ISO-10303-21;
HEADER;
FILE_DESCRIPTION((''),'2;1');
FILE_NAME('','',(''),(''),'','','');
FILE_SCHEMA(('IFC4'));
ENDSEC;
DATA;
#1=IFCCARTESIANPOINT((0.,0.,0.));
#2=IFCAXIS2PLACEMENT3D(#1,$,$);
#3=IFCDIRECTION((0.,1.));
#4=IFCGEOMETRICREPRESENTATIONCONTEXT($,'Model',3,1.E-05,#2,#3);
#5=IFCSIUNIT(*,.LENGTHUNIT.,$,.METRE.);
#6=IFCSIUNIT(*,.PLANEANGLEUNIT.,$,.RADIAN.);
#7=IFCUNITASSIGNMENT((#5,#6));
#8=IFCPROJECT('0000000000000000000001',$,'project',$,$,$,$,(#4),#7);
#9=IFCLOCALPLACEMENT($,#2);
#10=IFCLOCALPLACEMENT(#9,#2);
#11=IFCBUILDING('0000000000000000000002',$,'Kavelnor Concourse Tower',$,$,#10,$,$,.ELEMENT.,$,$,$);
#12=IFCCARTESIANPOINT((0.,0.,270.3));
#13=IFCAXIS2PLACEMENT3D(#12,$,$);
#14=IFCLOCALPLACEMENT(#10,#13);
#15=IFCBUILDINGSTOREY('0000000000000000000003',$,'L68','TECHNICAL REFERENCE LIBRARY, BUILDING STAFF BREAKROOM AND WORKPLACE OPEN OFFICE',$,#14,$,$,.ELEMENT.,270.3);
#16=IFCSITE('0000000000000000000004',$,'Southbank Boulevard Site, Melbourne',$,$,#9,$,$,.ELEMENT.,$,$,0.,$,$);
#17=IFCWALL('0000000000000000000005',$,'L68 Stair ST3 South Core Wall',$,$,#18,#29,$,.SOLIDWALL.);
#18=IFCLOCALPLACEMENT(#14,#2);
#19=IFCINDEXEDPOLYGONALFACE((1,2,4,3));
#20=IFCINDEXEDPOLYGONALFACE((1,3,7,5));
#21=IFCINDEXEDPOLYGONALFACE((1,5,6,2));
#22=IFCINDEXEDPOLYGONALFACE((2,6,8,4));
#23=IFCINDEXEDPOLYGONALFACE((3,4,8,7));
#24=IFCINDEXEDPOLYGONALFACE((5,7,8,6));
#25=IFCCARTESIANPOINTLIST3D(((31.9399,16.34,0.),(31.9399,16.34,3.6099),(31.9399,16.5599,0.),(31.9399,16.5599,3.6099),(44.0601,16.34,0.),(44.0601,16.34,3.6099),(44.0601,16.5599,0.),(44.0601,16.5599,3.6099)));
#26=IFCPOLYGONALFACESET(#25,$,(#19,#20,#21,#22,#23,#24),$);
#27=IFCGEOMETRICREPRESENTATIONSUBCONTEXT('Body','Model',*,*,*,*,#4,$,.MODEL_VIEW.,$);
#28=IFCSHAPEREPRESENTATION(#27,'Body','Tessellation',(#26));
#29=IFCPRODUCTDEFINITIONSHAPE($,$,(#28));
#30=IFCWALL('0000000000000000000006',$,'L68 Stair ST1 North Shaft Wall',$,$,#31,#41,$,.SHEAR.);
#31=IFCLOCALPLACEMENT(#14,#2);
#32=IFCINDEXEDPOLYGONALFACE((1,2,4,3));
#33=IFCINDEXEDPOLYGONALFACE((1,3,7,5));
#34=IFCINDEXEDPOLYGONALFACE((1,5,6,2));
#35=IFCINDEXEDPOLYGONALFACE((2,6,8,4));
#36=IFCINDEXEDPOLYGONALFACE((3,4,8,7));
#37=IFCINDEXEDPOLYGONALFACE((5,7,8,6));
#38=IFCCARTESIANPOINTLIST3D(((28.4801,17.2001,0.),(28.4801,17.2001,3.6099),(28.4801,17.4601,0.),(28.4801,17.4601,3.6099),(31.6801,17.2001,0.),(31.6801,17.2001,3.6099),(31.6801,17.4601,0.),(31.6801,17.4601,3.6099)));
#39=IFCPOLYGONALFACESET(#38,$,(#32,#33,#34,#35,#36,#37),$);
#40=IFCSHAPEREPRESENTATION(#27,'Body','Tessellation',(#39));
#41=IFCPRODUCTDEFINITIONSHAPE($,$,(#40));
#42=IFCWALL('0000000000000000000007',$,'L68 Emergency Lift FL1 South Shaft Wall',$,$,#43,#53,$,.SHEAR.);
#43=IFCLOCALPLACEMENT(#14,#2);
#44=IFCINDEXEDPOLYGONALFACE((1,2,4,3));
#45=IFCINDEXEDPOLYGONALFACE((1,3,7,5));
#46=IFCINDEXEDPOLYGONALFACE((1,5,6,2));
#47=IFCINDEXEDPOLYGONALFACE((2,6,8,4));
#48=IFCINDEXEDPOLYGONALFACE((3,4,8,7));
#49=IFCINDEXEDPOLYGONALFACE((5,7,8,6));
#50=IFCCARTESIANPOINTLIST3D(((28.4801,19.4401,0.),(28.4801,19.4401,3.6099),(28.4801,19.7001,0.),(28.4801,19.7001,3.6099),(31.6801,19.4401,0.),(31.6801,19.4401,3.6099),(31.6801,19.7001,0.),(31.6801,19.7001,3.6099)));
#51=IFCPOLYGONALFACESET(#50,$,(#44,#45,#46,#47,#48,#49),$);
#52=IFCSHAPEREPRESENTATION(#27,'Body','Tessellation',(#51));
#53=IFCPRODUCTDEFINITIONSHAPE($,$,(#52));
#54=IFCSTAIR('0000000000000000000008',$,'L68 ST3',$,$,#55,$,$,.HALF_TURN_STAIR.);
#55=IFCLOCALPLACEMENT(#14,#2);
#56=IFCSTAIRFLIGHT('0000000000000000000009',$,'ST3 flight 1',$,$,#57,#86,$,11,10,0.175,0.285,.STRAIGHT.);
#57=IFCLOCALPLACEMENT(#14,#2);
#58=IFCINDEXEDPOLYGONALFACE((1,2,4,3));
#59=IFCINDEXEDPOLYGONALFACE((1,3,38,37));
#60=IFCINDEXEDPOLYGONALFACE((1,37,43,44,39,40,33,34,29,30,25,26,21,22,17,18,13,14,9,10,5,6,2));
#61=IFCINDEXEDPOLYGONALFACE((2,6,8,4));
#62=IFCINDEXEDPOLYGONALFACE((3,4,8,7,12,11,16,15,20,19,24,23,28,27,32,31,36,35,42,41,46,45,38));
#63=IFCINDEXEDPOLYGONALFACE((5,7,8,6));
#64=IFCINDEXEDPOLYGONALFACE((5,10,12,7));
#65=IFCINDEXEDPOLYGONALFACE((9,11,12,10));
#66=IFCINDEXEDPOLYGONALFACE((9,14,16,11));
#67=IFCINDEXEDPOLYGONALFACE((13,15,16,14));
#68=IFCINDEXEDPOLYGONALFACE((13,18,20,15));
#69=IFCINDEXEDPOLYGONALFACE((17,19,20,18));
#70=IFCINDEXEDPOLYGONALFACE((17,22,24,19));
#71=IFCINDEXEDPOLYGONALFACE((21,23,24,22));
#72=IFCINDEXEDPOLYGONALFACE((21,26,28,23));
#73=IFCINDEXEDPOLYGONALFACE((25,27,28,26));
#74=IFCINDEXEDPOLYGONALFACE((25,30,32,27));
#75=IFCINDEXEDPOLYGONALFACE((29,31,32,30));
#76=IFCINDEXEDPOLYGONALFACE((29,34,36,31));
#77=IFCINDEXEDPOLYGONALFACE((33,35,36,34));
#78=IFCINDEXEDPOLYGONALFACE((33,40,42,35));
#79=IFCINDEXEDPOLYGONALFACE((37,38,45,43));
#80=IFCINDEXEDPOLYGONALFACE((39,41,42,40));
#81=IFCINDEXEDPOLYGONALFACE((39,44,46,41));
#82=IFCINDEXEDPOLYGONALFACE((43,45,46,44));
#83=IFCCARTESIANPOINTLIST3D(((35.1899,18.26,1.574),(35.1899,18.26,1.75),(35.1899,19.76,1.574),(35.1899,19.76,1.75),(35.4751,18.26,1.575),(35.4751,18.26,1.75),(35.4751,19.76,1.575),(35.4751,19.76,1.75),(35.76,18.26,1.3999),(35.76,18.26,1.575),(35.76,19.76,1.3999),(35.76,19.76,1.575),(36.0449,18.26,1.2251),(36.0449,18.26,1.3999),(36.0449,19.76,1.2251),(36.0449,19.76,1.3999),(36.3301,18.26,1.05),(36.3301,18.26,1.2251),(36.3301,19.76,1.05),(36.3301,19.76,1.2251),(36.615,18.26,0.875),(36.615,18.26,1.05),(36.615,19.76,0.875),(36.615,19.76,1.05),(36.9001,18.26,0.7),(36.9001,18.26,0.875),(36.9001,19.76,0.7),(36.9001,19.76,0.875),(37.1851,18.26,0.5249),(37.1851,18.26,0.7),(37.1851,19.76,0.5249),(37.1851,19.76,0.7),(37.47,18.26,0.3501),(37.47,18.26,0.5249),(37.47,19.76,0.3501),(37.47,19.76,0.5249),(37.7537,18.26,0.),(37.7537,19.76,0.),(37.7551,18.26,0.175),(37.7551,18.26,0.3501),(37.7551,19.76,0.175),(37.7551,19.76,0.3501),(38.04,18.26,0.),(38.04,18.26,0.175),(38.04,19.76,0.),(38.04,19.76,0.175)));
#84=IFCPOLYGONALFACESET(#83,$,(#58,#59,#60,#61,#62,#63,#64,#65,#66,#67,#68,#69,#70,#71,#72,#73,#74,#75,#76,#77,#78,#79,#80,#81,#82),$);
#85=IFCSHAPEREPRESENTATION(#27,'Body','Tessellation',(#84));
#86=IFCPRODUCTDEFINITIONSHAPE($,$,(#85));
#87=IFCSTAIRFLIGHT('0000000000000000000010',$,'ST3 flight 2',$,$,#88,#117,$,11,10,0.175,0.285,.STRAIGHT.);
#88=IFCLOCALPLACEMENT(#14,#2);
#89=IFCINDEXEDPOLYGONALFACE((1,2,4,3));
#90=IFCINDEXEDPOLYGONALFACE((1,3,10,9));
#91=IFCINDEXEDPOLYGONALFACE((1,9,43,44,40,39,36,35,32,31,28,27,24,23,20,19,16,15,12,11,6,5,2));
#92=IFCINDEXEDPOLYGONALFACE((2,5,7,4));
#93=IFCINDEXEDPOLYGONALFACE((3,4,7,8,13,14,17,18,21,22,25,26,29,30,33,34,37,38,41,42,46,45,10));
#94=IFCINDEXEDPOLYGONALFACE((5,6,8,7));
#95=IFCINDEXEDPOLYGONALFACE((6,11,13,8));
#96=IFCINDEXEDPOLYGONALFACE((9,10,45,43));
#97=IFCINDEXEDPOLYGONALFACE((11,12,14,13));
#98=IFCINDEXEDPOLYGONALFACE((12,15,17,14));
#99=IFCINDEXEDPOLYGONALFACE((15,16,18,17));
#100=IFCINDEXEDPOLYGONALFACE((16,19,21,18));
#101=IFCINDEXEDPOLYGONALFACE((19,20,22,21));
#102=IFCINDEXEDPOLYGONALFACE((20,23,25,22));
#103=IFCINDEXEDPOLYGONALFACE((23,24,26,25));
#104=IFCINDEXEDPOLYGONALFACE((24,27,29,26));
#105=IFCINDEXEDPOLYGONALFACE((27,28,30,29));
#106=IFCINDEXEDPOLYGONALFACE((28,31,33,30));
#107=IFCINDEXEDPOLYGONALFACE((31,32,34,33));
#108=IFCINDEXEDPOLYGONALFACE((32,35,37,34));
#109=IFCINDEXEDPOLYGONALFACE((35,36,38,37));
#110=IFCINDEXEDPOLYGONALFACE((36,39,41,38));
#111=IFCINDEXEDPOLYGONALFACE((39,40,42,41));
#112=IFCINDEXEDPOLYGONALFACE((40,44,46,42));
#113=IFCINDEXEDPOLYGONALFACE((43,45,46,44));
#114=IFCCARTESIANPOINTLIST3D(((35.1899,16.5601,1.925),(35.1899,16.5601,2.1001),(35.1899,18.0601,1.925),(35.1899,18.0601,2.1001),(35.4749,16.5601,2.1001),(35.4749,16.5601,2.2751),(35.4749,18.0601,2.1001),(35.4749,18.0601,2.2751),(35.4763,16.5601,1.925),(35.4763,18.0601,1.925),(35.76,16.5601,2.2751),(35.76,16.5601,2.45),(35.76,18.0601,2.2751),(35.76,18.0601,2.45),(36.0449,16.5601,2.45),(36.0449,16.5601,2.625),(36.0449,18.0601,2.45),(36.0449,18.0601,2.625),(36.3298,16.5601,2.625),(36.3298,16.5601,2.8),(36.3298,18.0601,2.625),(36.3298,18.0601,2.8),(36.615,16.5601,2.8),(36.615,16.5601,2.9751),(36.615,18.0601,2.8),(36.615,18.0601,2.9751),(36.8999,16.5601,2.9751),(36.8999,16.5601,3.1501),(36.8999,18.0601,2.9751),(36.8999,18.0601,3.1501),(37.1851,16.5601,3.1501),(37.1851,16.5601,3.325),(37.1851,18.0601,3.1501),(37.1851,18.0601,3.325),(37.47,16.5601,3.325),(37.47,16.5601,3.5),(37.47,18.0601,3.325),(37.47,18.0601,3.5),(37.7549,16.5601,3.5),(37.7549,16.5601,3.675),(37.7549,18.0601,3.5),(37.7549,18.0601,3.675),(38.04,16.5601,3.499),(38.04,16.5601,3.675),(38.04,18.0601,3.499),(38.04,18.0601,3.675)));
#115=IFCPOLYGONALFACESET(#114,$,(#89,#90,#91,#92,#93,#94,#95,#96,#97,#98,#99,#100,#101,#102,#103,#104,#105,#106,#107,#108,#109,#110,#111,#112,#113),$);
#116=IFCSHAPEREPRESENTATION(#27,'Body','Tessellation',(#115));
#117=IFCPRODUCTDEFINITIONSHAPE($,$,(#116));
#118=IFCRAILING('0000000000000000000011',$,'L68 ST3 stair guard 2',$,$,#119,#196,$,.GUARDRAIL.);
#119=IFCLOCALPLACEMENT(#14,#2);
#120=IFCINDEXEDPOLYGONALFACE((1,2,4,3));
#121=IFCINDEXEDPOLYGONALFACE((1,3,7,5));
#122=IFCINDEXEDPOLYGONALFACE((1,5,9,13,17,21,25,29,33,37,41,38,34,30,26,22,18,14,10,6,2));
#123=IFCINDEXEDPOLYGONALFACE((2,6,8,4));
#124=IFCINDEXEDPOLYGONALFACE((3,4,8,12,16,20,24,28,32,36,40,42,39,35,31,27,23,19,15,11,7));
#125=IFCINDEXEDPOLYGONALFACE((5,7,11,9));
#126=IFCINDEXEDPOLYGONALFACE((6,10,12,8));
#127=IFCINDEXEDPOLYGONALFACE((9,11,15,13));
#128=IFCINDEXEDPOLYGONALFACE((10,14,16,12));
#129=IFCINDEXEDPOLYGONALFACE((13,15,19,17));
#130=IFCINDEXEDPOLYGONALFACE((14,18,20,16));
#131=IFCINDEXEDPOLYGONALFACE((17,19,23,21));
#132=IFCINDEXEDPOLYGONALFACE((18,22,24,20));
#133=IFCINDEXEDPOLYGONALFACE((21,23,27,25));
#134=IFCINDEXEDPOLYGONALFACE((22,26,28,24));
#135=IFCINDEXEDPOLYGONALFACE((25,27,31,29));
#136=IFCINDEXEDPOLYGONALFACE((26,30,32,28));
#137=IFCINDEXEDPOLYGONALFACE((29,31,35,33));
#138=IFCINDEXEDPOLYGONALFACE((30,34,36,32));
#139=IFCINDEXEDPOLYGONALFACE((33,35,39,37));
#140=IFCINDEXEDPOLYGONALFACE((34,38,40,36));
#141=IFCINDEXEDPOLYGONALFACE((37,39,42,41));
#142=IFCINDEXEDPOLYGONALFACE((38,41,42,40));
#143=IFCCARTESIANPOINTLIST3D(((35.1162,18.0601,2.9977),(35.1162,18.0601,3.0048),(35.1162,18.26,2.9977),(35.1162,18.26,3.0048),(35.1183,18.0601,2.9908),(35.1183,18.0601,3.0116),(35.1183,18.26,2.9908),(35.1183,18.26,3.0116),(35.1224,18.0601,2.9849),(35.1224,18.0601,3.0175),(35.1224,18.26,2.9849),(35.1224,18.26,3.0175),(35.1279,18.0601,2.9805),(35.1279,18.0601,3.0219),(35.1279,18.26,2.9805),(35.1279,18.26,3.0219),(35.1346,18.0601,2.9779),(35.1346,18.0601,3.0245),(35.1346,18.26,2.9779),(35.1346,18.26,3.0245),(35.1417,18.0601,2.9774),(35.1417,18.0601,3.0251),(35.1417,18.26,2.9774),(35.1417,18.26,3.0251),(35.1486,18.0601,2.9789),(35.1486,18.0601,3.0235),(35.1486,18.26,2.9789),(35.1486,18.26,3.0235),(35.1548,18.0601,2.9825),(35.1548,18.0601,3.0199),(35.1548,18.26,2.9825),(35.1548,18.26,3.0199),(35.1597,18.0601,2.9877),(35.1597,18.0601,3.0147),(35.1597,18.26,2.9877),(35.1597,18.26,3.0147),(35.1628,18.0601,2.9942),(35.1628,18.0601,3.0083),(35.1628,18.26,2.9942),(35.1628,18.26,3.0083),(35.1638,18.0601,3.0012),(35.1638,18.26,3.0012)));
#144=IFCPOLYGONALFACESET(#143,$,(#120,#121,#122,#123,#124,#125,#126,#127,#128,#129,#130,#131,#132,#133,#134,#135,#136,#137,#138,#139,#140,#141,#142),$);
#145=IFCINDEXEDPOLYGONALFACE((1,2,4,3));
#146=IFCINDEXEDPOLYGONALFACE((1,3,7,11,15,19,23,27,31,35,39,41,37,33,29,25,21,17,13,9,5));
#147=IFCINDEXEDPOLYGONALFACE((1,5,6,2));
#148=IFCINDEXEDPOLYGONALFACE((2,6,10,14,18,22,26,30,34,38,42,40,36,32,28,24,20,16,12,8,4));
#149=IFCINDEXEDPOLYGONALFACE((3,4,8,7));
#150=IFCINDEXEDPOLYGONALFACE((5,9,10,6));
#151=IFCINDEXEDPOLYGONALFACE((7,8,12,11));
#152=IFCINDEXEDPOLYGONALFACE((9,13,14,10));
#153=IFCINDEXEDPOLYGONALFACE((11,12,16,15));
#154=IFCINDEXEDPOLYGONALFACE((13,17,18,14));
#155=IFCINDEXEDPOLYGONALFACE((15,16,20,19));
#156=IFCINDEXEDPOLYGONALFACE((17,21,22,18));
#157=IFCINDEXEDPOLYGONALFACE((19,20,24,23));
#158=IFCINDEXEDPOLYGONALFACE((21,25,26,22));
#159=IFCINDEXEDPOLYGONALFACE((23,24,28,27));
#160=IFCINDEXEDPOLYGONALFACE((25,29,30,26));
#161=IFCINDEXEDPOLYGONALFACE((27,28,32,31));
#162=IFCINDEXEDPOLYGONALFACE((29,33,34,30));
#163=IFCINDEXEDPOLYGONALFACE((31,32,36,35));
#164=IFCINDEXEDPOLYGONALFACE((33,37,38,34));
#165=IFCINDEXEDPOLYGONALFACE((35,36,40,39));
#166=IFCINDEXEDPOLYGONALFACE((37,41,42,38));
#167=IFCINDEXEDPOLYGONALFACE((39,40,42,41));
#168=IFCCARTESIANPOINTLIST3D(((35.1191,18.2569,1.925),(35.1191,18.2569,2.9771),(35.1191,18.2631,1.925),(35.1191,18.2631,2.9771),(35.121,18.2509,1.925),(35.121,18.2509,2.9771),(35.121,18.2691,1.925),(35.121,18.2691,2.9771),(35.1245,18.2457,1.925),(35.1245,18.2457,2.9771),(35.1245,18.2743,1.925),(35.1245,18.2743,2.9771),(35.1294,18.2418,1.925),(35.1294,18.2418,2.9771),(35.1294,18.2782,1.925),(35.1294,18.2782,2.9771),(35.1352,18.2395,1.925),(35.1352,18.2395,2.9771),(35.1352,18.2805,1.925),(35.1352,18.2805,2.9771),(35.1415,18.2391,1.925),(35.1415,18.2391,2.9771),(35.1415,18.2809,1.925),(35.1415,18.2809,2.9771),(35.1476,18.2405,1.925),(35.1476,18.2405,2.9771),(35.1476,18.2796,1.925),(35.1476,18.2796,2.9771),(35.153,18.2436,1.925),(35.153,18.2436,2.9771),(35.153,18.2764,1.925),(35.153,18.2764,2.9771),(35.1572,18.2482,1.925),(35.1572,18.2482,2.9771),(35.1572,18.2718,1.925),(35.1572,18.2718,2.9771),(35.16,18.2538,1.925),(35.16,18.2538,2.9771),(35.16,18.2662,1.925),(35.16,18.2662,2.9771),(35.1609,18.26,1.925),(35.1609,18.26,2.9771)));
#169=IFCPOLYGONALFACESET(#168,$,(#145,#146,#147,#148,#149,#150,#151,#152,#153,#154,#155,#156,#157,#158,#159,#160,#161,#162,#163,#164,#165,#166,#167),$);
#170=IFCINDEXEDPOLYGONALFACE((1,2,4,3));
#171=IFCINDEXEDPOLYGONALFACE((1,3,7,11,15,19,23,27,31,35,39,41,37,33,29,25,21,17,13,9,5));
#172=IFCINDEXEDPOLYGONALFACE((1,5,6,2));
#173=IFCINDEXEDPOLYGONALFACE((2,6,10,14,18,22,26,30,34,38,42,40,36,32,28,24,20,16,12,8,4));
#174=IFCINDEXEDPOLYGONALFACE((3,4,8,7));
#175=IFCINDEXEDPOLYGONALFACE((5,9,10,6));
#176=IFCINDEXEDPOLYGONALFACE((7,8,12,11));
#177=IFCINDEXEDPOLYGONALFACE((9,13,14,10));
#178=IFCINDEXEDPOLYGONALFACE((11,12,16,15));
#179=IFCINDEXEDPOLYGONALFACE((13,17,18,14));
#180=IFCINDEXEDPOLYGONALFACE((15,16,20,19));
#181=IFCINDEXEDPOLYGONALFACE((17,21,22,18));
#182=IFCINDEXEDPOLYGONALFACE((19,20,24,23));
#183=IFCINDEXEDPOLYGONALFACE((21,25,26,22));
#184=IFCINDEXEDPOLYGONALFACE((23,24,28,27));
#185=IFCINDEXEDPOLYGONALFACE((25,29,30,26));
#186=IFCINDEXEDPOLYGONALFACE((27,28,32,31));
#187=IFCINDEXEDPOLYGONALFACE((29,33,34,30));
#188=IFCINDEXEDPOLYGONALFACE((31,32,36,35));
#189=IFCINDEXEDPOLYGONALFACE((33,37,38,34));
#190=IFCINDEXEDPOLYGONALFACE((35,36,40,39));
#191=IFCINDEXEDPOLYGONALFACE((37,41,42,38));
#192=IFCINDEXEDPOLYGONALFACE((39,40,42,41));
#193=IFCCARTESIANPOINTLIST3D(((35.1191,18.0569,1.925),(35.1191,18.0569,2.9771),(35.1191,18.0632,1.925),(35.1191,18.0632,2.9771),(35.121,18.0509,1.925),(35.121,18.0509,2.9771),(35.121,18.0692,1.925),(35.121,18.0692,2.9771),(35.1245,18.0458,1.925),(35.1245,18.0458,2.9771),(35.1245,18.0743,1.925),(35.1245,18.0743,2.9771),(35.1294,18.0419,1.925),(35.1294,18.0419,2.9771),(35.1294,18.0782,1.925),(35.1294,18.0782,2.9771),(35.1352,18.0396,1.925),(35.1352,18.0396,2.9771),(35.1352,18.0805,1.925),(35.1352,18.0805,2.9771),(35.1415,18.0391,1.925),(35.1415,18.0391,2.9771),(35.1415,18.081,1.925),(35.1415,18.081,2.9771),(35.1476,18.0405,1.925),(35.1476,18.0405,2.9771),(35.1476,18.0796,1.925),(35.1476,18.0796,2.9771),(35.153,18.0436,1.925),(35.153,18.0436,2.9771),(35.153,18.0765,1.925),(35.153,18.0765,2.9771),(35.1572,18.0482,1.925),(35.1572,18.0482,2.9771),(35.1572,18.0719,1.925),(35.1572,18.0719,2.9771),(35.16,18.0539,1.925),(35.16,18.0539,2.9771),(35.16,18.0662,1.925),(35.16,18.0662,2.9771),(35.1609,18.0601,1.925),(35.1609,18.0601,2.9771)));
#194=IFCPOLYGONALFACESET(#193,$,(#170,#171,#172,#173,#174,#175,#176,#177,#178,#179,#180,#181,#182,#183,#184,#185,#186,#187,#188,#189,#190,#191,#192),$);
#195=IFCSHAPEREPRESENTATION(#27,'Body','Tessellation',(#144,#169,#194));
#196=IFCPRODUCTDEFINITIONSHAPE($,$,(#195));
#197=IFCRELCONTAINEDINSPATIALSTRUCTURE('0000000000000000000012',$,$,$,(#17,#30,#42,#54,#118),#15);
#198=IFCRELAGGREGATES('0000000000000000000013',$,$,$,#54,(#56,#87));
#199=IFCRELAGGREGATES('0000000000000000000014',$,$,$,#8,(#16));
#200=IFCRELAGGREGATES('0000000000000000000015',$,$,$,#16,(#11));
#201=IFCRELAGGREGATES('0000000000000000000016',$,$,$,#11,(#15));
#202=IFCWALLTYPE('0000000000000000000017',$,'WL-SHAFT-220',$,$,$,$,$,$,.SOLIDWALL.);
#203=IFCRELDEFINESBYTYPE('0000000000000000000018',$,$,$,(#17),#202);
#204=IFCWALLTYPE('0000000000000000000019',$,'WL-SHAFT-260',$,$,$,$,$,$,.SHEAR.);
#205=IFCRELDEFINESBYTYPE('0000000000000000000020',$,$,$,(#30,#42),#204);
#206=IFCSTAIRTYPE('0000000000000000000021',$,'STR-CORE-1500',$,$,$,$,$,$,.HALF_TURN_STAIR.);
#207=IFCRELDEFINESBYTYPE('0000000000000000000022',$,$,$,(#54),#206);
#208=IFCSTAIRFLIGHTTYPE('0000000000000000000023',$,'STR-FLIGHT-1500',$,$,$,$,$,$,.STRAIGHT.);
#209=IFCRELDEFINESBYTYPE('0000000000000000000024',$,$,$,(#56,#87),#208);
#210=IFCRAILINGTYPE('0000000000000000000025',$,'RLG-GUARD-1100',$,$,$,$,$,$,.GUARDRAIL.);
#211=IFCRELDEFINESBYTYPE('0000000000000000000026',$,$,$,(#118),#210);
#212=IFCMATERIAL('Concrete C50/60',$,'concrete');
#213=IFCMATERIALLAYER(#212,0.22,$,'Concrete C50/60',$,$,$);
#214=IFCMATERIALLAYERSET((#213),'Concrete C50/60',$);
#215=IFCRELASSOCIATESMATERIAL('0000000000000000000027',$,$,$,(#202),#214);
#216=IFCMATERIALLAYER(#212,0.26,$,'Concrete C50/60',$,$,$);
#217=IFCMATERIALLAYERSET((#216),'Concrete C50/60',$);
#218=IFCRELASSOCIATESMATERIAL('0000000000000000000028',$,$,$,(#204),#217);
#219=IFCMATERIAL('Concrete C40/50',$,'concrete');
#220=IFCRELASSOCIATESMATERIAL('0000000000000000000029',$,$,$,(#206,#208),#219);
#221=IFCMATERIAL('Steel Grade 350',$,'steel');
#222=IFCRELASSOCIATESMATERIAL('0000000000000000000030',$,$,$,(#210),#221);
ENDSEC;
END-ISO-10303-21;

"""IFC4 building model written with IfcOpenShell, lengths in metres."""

from ifc_helpers import new_model, si_unit, direction, frame, frame_2d, origin, origin_2d, place, context, subcontext, project, spatial, polyline, rectangle, circle, outline, extrude, material, layer, layer_set, type_object, element, aggregate, save


model = new_model("IFC4")

# Units and contexts
model_context = context("Model", 3, precision=1e-05, world=origin(), true_north=direction((0.0, 1.0)))
body_context = subcontext(model_context, "Body", "Model", "MODEL_VIEW")
ifc_project = project(units=[si_unit("LENGTHUNIT", "METRE"), si_unit("PLANEANGLEUNIT", "RADIAN")], contexts=[model_context])

# Site, building, storey
site_placement = place(None, origin())
site = spatial("IfcSite", under=ifc_project, at=site_placement, Name="Southbank Boulevard Site, Melbourne", CompositionType="ELEMENT", RefElevation=0.0)
building_placement = place(site_placement, origin())
building = spatial("IfcBuilding", under=site, at=building_placement, Name="Kavelnor Concourse Tower", CompositionType="ELEMENT")
storey_placement = place(building_placement, frame((0.0, 0.0, 270.3)))
storey = spatial("IfcBuildingStorey", under=building, at=storey_placement, Name="L68", Description="TECHNICAL REFERENCE LIBRARY, BUILDING STAFF BREAKROOM AND WORKPLACE OPEN OFFICE", CompositionType="ELEMENT", Elevation=270.3)

# Shared definitions
ifc_material_1 = material(Name="Steel Grade 350", Category="steel")

# Shared definitions
ifc_material_2 = material(Name="Concrete C50/60", Category="concrete")
ifc_layer_1 = layer(ifc_material_2, 0.22, Name="Concrete C50/60")
ifc_layer_set_1 = layer_set([ifc_layer_1], Name="Concrete C50/60")
wall_type_1 = type_object("IfcWallType", Name="WL-SHAFT-220", PredefinedType="SOLIDWALL", material=ifc_layer_set_1)

# Walls
wall_1_placement = place(storey_placement, frame((31.9399, 16.45, 0.0), z_axis=(0.0, 0.0, 1.0), x_axis=(1.0, 0.0, 0.0)))
element("IfcWall", 1, at=wall_1_placement, inside=storey, type_object=wall_type_1, Name="L68 Stair ST3 South Core Wall", PredefinedType="SOLIDWALL", context=body_context, shape_type="SweptSolid", body=[
    extrude(rectangle(XDim=12.1201, YDim=0.22, at=frame_2d((6.0601, 0.0))), origin(), (0.0, 0.0, 1.0), 3.6099),
])
ifc_layer_2 = layer(ifc_material_2, 0.26, Name="Concrete C50/60")
ifc_layer_set_2 = layer_set([ifc_layer_2], Name="Concrete C50/60")
wall_type_2 = type_object("IfcWallType", Name="WL-SHAFT-260", PredefinedType="SHEAR", material=ifc_layer_set_2)
for number, where, z_axis, x_axis, name in (
    (2, (28.48, 17.3301, 0.0), (0.0, 0.0, 1.0), (1.0, 0.0, 0.0), "L68 Stair ST1 North Shaft Wall"),
    (3, (28.48, 19.5701, 0.0), (0.0, 0.0, 1.0), (1.0, 0.0, 0.0), "L68 Emergency Lift FL1 South Shaft Wall"),
):
    element("IfcWall", number, at=place(storey_placement, frame(where, z_axis=z_axis, x_axis=x_axis)), inside=storey, type_object=wall_type_2, Name=name, PredefinedType="SHEAR", context=body_context, shape_type="SweptSolid", body=[
        extrude(rectangle(XDim=3.2, YDim=0.26, at=frame_2d((1.6001, 0.0))), origin(), (0.0, 0.0, 1.0), 3.6099),
    ])

# Stair, stair flights
ifc_material_3 = material(Name="Concrete C40/50", Category="concrete")
stair_type = type_object("IfcStairType", Name="STR-CORE-1500", PredefinedType="HALF_TURN_STAIR", material=ifc_material_3)
stair_placement = place(storey_placement, origin())
stair = element("IfcStair", 4, at=stair_placement, inside=storey, type_object=stair_type, Name="L68 ST3", PredefinedType="HALF_TURN_STAIR")
stair_flight_type = type_object("IfcStairFlightType", Name="STR-FLIGHT-1500", PredefinedType="STRAIGHT", material=ifc_material_3)
stair_flight_1_placement = place(storey_placement, frame((38.04, 19.01, 0.0), z_axis=(0.0, 0.0, 1.0), x_axis=(-1.0, 0.0, 0.0)))
stair_flight_1 = element("IfcStairFlight", 5, at=stair_flight_1_placement, type_object=stair_flight_type, Name="ST3 flight 1", NumberOfRisers=11, NumberOfTreads=10, PredefinedType="STRAIGHT", RiserHeight=0.175, TreadLength=0.285, context=body_context, shape_type="SweptSolid", body=[
    extrude(outline(polyline([(0.0, 0.0), (0.0, 0.175), (0.2849, 0.175), (0.2849, 0.3501), (0.5701, 0.3501), (0.5701, 0.5249), (0.855, 0.5249), (0.855, 0.7), (1.1399, 0.7), (1.1399, 0.875), (1.425, 0.875), (1.425, 1.05), (1.71, 1.05), (1.71, 1.2251), (1.9951, 1.2251), (1.9951, 1.3999), (2.28, 1.3999), (2.28, 1.575), (2.5649, 1.575), (2.5649, 1.75), (2.8501, 1.75), (2.8501, 1.925), (2.8501, 1.574), (0.2864, 0.0), (0.0, 0.0)])), frame((0.0, 0.75, 0.0), z_axis=(0.0, -1.0, 0.0), x_axis=(1.0, 0.0, 0.0)), (0.0, 0.0, 1.0), 1.5),
])
stair_flight_2_placement = place(storey_placement, frame((35.1899, 17.3101, 1.925), z_axis=(0.0, 0.0, 1.0), x_axis=(1.0, 0.0, 0.0)))
stair_flight_2 = element("IfcStairFlight", 6, at=stair_flight_2_placement, type_object=stair_flight_type, Name="ST3 flight 2", NumberOfRisers=11, NumberOfTreads=10, PredefinedType="STRAIGHT", RiserHeight=0.175, TreadLength=0.285, context=body_context, shape_type="SweptSolid", body=[
    extrude(outline(polyline([(0.0, 0.0), (0.0, 0.175), (0.2849, 0.175), (0.2849, 0.3501), (0.5701, 0.3501), (0.5701, 0.5249), (0.855, 0.5249), (0.855, 0.7), (1.1399, 0.7), (1.1399, 0.875), (1.425, 0.875), (1.425, 1.05), (1.71, 1.05), (1.71, 1.2251), (1.9951, 1.2251), (1.9951, 1.3999), (2.28, 1.3999), (2.28, 1.575), (2.5649, 1.575), (2.5649, 1.75), (2.8501, 1.75), (2.8501, 1.925), (2.8501, 1.574), (0.2864, 0.0), (0.0, 0.0)])), frame((0.0, 0.75, 0.0), z_axis=(0.0, -1.0, 0.0), x_axis=(1.0, 0.0, 0.0)), (0.0, 0.0, 1.0), 1.5),
])
aggregate(stair, [stair_flight_1, stair_flight_2])

# Railing
railing_type_1 = type_object("IfcRailingType", Name="RLG-GUARD-1100", PredefinedType="GUARDRAIL", material=ifc_material_1)
railing_1_placement = place(storey_placement, frame((35.1399, 18.26, 1.925)))
element("IfcRailing", 7, at=railing_1_placement, inside=storey, type_object=railing_type_1, Name="L68 ST3 stair guard 2", PredefinedType="GUARDRAIL", context=body_context, shape_type="SweptSolid", body=[
    extrude(circle(Radius=0.0239, at=origin_2d()), frame((0.0, 0.0, 1.0762), z_axis=(0.0, -1.0, 0.0), x_axis=(1.0, 0.0, 0.0)), (0.0, 0.0, 1.0), 0.2),
    extrude(circle(Radius=0.021, at=origin_2d()), origin(), (0.0, 0.0, 1.0), 1.052),
    extrude(circle(Radius=0.021, at=origin_2d()), frame((0.0, -0.2, 0.0)), (0.0, 0.0, 1.0), 1.052),
])

save(model, "model.ifc")
